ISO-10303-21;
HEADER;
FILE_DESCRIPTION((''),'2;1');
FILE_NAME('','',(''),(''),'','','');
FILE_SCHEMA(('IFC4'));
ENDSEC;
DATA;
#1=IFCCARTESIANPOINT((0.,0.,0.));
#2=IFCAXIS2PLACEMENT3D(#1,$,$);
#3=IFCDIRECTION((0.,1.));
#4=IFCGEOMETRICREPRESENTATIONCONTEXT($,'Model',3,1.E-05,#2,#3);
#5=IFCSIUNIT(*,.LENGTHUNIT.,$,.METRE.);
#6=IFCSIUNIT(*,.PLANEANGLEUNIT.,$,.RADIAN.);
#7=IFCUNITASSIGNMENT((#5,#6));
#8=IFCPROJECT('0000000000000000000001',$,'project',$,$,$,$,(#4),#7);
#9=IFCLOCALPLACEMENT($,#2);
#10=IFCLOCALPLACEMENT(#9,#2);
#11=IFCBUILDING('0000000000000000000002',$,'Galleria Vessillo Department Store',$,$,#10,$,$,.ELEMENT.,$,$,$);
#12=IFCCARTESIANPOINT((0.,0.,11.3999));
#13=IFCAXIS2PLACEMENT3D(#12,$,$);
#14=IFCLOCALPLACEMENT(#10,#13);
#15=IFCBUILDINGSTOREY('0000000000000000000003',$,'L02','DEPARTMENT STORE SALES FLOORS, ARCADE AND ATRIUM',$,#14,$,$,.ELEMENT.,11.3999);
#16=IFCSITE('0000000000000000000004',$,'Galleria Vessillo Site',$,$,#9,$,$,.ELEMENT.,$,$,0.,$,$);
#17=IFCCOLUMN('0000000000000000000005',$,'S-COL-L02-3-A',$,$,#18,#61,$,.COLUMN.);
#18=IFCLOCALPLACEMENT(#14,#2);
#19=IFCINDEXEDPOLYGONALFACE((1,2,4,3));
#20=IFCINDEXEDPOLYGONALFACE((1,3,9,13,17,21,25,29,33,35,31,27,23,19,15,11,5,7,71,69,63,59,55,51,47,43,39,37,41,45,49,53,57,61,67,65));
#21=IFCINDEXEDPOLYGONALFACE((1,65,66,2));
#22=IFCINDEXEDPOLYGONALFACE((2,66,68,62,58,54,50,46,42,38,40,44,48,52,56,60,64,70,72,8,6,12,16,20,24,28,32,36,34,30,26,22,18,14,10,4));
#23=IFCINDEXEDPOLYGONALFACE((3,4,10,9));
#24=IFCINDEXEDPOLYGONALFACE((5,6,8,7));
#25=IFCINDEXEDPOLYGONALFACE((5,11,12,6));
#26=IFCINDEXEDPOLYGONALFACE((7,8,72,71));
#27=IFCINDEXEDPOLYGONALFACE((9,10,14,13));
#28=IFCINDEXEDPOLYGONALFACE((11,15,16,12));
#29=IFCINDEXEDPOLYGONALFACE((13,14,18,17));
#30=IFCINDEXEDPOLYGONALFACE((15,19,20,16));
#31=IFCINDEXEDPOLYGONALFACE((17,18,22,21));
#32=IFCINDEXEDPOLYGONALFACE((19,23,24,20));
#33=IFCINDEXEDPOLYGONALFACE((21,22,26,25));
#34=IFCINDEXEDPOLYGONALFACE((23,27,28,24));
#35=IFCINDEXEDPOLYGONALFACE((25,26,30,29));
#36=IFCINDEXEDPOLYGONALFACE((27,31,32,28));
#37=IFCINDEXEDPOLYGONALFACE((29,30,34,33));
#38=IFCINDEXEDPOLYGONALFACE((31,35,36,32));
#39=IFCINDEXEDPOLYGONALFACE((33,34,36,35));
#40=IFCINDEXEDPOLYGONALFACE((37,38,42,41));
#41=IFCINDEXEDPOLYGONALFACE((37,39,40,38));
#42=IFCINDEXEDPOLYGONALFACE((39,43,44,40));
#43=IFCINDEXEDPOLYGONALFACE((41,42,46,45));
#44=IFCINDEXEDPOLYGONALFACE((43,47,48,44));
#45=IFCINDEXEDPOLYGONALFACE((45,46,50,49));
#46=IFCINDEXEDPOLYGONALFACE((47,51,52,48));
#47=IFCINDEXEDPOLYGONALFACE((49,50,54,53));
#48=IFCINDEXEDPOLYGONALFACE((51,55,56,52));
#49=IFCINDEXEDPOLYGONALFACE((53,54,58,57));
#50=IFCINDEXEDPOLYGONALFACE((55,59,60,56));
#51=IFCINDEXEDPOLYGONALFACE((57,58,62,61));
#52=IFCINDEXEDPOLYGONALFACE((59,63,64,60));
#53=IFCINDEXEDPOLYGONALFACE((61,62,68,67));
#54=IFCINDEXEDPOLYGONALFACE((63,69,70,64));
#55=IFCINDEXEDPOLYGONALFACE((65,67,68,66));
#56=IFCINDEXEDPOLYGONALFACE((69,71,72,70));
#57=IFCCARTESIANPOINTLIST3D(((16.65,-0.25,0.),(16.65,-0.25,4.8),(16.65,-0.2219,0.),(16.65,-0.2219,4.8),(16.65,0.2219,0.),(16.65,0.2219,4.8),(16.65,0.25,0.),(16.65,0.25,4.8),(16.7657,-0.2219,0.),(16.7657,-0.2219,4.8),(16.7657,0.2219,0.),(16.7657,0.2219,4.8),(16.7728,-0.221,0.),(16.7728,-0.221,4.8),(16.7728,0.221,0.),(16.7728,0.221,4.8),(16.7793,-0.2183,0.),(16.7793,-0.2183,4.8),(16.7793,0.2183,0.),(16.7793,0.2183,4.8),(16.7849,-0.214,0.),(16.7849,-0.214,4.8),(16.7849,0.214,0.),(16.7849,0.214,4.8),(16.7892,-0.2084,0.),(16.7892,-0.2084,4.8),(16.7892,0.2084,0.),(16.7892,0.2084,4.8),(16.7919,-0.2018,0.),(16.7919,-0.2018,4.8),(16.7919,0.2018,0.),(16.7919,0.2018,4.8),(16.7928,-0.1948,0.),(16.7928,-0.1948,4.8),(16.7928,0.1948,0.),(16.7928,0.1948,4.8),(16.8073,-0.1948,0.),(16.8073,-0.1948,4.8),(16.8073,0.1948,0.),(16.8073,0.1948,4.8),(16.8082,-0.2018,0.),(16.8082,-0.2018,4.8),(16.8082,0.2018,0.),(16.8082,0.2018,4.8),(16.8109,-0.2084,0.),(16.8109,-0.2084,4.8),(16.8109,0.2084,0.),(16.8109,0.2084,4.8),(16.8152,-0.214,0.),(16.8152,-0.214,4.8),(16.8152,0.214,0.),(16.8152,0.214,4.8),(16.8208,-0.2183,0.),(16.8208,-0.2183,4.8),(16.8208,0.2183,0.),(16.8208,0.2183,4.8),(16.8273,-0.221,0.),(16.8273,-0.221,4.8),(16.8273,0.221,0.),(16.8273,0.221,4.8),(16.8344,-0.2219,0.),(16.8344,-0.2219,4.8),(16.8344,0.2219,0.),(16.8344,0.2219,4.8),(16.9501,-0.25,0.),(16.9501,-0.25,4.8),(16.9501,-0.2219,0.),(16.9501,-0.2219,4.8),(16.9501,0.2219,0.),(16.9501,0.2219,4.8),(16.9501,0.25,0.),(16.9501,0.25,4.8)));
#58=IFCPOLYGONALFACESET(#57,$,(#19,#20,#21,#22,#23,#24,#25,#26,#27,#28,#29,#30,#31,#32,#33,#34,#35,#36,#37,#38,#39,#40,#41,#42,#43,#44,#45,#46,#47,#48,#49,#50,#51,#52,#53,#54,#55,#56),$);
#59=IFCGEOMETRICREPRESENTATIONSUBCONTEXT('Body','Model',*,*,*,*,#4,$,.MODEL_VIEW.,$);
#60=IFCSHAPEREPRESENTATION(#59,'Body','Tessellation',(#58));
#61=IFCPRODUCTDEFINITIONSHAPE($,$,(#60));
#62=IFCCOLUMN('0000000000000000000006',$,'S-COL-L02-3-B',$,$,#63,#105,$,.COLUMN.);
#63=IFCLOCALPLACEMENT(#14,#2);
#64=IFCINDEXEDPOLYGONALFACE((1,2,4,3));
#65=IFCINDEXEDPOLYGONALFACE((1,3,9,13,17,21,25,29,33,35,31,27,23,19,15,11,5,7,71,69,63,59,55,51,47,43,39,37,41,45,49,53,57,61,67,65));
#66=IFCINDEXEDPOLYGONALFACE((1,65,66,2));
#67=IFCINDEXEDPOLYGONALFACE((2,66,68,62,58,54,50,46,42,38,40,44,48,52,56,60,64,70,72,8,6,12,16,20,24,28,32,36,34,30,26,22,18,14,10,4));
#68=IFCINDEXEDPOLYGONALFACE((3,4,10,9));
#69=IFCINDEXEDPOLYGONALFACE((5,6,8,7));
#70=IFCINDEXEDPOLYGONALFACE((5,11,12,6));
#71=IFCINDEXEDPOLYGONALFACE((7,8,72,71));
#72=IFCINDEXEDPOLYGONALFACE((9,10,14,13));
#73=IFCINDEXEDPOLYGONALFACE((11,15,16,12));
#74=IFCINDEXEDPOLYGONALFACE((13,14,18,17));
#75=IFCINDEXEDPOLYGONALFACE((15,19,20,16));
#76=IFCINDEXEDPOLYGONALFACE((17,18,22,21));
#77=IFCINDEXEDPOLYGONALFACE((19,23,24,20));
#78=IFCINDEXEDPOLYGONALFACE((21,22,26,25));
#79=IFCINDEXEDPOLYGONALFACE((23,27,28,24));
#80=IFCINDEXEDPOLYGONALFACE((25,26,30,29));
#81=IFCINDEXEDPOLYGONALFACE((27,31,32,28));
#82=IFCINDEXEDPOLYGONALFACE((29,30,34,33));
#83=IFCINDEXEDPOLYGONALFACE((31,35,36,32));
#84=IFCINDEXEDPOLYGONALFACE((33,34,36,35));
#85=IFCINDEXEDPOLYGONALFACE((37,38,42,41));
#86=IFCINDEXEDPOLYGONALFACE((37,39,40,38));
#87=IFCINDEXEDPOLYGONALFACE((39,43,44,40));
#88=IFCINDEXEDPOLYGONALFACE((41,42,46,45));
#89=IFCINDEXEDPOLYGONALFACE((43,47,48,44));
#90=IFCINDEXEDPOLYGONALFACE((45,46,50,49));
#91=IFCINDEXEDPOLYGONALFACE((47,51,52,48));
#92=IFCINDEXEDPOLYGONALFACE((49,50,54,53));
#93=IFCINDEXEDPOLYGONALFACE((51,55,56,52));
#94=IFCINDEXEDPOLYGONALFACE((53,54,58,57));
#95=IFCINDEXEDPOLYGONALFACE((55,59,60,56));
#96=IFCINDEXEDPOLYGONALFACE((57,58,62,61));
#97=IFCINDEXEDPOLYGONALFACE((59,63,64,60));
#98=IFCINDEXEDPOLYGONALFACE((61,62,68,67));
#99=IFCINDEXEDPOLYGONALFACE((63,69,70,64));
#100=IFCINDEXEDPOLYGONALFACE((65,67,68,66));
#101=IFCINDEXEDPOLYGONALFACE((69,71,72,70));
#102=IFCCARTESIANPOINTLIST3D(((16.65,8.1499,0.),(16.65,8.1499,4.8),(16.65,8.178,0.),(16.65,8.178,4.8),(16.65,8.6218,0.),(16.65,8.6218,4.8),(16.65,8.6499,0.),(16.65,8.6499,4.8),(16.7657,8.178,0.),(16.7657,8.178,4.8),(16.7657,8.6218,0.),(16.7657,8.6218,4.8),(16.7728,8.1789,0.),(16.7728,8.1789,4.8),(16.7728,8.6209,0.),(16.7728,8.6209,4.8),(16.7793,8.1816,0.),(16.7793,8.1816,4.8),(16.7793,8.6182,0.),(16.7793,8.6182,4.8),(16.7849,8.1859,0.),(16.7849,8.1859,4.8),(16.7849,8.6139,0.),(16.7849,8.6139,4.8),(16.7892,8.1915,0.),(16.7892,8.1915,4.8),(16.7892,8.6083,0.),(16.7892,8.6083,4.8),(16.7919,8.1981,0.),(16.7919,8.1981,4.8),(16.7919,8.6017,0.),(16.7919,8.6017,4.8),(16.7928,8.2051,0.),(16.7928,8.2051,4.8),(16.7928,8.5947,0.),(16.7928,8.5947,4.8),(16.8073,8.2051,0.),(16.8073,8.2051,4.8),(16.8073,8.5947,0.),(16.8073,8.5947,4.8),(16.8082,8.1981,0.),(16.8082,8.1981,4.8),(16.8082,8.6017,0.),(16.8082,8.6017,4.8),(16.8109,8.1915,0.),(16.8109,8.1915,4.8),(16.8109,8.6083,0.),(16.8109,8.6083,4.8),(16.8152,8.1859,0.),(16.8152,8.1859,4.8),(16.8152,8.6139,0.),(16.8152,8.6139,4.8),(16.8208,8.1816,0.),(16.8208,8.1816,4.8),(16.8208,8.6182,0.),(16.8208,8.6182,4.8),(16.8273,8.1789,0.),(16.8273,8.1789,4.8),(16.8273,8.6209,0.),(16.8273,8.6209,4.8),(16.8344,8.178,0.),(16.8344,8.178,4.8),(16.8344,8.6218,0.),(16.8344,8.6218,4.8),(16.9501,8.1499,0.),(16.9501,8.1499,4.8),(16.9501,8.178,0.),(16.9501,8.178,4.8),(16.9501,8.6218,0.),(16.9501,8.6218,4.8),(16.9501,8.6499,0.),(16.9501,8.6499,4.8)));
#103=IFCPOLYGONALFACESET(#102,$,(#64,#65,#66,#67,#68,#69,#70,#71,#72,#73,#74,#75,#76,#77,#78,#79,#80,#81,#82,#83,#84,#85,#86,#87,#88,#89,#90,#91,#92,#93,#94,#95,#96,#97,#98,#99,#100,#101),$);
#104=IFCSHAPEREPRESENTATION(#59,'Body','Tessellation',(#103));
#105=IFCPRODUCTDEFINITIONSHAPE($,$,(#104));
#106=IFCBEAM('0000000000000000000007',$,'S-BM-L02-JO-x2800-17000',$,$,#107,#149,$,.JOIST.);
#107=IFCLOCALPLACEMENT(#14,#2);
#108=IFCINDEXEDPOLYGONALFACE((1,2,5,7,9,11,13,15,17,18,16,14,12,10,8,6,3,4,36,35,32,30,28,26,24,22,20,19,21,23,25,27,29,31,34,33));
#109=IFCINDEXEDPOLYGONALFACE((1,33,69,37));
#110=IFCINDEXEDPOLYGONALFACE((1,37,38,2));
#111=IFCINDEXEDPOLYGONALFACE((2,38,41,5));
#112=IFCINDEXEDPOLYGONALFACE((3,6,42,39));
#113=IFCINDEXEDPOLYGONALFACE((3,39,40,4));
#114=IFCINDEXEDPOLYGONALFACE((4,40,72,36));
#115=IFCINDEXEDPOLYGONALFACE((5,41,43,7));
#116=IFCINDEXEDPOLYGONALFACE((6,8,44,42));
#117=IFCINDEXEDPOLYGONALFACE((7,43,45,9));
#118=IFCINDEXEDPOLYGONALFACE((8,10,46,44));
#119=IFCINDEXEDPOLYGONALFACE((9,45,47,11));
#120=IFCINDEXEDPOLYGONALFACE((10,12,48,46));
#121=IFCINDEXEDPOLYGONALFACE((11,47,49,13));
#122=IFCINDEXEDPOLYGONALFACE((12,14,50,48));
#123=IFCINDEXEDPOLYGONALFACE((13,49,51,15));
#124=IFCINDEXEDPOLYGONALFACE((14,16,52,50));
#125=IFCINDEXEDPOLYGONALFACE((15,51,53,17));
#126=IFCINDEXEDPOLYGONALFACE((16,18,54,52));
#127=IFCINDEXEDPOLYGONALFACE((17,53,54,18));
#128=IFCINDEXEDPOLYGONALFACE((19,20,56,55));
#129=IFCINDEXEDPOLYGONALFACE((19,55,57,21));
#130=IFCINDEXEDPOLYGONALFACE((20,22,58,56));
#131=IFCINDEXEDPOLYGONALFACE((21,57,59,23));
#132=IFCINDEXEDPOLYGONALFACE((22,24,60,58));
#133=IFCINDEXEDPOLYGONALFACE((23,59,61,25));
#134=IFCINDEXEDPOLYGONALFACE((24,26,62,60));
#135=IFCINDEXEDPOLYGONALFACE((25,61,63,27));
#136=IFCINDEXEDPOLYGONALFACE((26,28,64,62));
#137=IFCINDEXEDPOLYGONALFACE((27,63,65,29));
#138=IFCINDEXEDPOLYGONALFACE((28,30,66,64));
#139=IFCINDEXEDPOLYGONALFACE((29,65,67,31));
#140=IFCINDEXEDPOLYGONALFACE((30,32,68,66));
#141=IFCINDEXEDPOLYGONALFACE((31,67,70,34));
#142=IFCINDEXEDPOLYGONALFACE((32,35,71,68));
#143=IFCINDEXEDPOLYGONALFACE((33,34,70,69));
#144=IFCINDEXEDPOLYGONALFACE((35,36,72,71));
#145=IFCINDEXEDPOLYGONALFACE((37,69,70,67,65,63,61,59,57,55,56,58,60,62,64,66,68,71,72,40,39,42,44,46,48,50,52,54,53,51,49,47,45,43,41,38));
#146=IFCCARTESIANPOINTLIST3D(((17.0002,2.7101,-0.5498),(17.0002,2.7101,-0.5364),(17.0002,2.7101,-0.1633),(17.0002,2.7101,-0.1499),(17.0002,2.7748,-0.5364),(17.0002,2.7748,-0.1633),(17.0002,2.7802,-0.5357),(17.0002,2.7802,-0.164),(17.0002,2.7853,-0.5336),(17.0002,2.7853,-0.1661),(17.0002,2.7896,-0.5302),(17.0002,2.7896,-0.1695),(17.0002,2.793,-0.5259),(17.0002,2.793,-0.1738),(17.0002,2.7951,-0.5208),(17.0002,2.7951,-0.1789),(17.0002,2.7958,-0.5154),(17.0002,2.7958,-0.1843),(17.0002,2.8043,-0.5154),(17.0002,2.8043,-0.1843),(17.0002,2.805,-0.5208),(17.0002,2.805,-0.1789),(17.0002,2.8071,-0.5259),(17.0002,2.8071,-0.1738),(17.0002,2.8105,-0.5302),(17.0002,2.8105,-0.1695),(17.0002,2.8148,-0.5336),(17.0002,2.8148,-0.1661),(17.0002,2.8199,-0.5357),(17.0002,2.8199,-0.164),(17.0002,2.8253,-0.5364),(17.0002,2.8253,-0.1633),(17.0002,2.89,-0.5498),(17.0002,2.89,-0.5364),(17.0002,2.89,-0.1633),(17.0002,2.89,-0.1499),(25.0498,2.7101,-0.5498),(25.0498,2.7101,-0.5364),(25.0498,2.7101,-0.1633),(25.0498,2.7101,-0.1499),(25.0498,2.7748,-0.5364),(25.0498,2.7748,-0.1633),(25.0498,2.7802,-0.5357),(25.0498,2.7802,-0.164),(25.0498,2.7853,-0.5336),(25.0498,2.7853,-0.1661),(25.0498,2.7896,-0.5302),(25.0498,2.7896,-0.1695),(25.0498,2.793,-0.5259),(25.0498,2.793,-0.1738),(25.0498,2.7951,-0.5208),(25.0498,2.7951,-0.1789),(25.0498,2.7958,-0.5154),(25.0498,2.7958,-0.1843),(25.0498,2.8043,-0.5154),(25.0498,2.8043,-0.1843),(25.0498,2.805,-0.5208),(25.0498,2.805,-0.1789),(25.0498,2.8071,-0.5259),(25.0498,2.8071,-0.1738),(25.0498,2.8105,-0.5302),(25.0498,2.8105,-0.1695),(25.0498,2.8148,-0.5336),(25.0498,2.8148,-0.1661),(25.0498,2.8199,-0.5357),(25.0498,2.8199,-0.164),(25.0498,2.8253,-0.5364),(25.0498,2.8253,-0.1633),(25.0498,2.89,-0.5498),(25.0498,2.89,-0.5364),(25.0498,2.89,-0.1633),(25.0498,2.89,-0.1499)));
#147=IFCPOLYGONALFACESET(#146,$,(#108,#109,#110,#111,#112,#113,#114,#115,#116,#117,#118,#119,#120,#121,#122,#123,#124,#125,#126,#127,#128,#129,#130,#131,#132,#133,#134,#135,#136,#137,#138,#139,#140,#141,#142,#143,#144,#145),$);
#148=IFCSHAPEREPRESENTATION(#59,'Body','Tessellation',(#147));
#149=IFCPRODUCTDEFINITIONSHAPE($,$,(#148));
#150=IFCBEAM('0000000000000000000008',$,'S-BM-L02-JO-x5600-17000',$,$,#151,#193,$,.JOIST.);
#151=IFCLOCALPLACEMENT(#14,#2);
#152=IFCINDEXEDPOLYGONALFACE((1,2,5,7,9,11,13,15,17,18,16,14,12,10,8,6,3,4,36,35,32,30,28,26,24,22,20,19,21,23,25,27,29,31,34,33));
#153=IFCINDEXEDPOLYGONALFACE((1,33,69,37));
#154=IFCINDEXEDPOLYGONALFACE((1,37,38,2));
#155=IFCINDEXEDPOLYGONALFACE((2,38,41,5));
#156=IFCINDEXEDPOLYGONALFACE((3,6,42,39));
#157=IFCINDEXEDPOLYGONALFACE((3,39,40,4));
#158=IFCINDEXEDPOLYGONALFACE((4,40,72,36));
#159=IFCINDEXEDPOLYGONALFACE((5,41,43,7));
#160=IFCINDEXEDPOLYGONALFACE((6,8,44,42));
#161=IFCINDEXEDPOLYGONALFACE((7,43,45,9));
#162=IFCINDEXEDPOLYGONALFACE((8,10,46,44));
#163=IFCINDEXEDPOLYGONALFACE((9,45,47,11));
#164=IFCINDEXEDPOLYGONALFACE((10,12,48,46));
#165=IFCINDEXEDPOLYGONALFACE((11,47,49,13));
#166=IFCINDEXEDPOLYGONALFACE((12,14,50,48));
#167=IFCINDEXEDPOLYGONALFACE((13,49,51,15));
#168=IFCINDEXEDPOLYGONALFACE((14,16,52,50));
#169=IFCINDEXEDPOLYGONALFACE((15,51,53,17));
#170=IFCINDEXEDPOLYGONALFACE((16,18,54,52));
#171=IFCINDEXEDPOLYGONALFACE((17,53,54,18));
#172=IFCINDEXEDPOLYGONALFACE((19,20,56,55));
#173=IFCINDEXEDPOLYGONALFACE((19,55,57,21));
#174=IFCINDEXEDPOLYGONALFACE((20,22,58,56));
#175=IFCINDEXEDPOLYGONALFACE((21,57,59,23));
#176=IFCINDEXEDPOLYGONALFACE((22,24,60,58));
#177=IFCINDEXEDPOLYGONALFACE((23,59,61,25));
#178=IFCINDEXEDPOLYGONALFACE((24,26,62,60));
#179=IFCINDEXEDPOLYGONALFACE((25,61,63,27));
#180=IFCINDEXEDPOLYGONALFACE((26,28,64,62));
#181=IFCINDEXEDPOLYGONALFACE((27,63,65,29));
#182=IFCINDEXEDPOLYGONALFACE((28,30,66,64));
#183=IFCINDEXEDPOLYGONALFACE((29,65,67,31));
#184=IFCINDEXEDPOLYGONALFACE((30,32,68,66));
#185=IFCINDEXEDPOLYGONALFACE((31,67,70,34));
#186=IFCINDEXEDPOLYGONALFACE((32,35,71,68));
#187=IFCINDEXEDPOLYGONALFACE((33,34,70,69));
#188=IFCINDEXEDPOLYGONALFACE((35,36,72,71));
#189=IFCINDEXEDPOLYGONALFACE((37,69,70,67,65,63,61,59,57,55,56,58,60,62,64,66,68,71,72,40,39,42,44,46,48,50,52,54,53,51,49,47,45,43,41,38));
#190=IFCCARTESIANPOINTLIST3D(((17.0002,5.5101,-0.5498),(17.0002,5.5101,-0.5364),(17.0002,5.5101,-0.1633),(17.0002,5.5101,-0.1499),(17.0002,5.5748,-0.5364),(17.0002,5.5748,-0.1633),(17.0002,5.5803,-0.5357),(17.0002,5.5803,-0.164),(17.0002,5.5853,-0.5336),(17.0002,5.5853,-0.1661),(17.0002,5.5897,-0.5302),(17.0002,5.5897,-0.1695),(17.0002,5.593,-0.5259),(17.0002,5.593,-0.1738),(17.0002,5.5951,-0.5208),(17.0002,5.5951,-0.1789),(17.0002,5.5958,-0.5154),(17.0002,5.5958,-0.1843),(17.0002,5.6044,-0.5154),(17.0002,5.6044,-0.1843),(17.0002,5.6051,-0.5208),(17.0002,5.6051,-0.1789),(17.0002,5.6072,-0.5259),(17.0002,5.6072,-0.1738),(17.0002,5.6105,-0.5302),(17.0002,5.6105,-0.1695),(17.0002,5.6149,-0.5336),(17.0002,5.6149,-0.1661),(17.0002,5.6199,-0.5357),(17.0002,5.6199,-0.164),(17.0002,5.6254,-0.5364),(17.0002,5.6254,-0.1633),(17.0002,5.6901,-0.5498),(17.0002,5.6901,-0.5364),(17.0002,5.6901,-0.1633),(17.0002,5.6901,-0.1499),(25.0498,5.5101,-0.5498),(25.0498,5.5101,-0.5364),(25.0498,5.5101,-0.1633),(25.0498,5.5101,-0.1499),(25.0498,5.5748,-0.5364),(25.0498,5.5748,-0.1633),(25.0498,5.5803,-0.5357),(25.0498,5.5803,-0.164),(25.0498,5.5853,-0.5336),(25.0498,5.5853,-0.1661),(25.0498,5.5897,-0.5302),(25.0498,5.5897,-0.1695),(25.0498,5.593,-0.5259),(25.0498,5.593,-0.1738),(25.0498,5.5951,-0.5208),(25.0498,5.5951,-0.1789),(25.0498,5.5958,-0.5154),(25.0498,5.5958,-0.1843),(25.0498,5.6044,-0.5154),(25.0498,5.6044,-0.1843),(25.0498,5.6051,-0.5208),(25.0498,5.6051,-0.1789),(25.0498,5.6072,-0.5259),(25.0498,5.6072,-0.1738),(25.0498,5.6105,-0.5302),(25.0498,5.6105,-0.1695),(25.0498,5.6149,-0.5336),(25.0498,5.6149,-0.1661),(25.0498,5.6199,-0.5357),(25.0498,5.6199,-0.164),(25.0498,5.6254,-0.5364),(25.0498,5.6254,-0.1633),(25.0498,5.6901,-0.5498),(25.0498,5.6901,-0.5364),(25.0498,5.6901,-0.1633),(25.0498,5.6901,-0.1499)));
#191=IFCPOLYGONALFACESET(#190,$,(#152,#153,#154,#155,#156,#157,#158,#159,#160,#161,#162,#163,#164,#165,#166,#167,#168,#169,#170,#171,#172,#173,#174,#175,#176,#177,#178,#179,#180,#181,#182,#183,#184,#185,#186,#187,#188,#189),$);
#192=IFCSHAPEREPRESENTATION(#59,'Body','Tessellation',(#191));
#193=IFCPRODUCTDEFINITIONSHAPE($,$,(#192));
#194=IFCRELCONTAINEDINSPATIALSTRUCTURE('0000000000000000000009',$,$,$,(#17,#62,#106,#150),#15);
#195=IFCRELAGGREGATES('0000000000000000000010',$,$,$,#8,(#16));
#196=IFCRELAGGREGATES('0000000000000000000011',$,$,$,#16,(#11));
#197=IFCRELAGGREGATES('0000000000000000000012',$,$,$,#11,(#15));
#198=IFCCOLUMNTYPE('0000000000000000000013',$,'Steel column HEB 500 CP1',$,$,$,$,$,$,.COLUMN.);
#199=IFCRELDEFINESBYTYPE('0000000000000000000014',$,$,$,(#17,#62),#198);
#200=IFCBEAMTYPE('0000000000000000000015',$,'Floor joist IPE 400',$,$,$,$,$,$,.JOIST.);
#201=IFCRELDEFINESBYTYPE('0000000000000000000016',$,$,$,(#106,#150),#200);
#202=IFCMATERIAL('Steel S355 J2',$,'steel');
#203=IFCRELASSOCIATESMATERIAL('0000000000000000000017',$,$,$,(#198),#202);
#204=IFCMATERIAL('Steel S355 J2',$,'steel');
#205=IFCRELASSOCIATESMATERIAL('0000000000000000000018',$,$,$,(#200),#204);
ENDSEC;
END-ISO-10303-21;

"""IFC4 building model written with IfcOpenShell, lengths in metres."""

from ifc_helpers import new_model, si_unit, direction, frame, origin, origin_2d, place, context, subcontext, project, spatial, i_section, extrude, material, material_profile, profile_set, type_object, element, save


model = new_model("IFC4")

# Units and contexts
model_context = context("Model", 3, precision=1e-05, world=origin(), true_north=direction((0.0, 1.0)))
body_context = subcontext(model_context, "Body", "Model", "MODEL_VIEW")
ifc_project = project(units=[si_unit("LENGTHUNIT", "METRE"), si_unit("PLANEANGLEUNIT", "RADIAN")], contexts=[model_context])

# Site, building, storey
site_placement = place(None, origin())
site = spatial("IfcSite", under=ifc_project, at=site_placement, Name="Galleria Vessillo Site", CompositionType="ELEMENT", RefElevation=0.0)
building_placement = place(site_placement, origin())
building = spatial("IfcBuilding", under=site, at=building_placement, Name="Galleria Vessillo Department Store", CompositionType="ELEMENT")
storey_placement = place(building_placement, frame((0.0, 0.0, 11.3999)))
storey = spatial("IfcBuildingStorey", under=building, at=storey_placement, Name="L02", Description="DEPARTMENT STORE SALES FLOORS, ARCADE AND ATRIUM", CompositionType="ELEMENT", Elevation=11.3999)

# Columns
ifc_material_1 = material(Name="Steel S355 J2", Category="steel")
ifc_material_profile_1 = material_profile(ifc_material_1, i_section(OverallWidth=0.3, OverallDepth=0.5, WebThickness=0.0144, FlangeThickness=0.0281, FilletRadius=0.0271, at=origin_2d()), Name="HEB 500")
ifc_profile_set_1 = profile_set([ifc_material_profile_1], Name="Steel S355 J2")
column_type = type_object("IfcColumnType", Name="Steel column HEB 500 CP1", PredefinedType="COLUMN", material=ifc_profile_set_1)
for number, where, z_axis, x_axis, name in (
    (1, (16.8, 0.0, 0.0), (0.0, 0.0, 1.0), (1.0, 0.0, 0.0), "S-COL-L02-3-A"),
    (2, (16.8, 8.3999, 0.0), (0.0, 0.0, 1.0), (1.0, 0.0, 0.0), "S-COL-L02-3-B"),
):
    element("IfcColumn", number, at=place(storey_placement, frame(where, z_axis=z_axis, x_axis=x_axis)), inside=storey, type_object=column_type, Name=name, PredefinedType="COLUMN", context=body_context, shape_type="SweptSolid", body=[
        extrude(i_section(OverallWidth=0.3, OverallDepth=0.5, WebThickness=0.0144, FlangeThickness=0.0281, FilletRadius=0.0271, at=origin_2d()), origin(), (0.0, 0.0, 1.0), 4.8),
    ])

# Beams
ifc_material_2 = material(Name="Steel S355 J2", Category="steel")
ifc_material_profile_2 = material_profile(ifc_material_2, i_section(OverallWidth=0.1799, OverallDepth=0.3999, WebThickness=0.0085, FlangeThickness=0.0134, FilletRadius=0.021, at=origin_2d()), Name="IPE 400")
ifc_profile_set_2 = profile_set([ifc_material_profile_2], Name="Steel S355 J2")
beam_type_1 = type_object("IfcBeamType", Name="Floor joist IPE 400", PredefinedType="JOIST", material=ifc_profile_set_2)
for number, where, z_axis, x_axis, name in (
    (3, (17.0002, 2.8, -0.3499), (1.0, 0.0, 0.0), (0.0, 1.0, 0.0), "S-BM-L02-JO-x2800-17000"),
    (4, (17.0002, 5.6001, -0.3499), (1.0, 0.0, 0.0), (0.0, 1.0, 0.0), "S-BM-L02-JO-x5600-17000"),
):
    element("IfcBeam", number, at=place(storey_placement, frame(where, z_axis=z_axis, x_axis=x_axis)), inside=storey, type_object=beam_type_1, Name=name, PredefinedType="JOIST", context=body_context, shape_type="SweptSolid", body=[
        extrude(i_section(OverallWidth=0.1799, OverallDepth=0.3999, WebThickness=0.0085, FlangeThickness=0.0134, FilletRadius=0.021, at=origin_2d()), origin(), (0.0, 0.0, 1.0), 8.0496),
    ])

save(model, "model.ifc")
